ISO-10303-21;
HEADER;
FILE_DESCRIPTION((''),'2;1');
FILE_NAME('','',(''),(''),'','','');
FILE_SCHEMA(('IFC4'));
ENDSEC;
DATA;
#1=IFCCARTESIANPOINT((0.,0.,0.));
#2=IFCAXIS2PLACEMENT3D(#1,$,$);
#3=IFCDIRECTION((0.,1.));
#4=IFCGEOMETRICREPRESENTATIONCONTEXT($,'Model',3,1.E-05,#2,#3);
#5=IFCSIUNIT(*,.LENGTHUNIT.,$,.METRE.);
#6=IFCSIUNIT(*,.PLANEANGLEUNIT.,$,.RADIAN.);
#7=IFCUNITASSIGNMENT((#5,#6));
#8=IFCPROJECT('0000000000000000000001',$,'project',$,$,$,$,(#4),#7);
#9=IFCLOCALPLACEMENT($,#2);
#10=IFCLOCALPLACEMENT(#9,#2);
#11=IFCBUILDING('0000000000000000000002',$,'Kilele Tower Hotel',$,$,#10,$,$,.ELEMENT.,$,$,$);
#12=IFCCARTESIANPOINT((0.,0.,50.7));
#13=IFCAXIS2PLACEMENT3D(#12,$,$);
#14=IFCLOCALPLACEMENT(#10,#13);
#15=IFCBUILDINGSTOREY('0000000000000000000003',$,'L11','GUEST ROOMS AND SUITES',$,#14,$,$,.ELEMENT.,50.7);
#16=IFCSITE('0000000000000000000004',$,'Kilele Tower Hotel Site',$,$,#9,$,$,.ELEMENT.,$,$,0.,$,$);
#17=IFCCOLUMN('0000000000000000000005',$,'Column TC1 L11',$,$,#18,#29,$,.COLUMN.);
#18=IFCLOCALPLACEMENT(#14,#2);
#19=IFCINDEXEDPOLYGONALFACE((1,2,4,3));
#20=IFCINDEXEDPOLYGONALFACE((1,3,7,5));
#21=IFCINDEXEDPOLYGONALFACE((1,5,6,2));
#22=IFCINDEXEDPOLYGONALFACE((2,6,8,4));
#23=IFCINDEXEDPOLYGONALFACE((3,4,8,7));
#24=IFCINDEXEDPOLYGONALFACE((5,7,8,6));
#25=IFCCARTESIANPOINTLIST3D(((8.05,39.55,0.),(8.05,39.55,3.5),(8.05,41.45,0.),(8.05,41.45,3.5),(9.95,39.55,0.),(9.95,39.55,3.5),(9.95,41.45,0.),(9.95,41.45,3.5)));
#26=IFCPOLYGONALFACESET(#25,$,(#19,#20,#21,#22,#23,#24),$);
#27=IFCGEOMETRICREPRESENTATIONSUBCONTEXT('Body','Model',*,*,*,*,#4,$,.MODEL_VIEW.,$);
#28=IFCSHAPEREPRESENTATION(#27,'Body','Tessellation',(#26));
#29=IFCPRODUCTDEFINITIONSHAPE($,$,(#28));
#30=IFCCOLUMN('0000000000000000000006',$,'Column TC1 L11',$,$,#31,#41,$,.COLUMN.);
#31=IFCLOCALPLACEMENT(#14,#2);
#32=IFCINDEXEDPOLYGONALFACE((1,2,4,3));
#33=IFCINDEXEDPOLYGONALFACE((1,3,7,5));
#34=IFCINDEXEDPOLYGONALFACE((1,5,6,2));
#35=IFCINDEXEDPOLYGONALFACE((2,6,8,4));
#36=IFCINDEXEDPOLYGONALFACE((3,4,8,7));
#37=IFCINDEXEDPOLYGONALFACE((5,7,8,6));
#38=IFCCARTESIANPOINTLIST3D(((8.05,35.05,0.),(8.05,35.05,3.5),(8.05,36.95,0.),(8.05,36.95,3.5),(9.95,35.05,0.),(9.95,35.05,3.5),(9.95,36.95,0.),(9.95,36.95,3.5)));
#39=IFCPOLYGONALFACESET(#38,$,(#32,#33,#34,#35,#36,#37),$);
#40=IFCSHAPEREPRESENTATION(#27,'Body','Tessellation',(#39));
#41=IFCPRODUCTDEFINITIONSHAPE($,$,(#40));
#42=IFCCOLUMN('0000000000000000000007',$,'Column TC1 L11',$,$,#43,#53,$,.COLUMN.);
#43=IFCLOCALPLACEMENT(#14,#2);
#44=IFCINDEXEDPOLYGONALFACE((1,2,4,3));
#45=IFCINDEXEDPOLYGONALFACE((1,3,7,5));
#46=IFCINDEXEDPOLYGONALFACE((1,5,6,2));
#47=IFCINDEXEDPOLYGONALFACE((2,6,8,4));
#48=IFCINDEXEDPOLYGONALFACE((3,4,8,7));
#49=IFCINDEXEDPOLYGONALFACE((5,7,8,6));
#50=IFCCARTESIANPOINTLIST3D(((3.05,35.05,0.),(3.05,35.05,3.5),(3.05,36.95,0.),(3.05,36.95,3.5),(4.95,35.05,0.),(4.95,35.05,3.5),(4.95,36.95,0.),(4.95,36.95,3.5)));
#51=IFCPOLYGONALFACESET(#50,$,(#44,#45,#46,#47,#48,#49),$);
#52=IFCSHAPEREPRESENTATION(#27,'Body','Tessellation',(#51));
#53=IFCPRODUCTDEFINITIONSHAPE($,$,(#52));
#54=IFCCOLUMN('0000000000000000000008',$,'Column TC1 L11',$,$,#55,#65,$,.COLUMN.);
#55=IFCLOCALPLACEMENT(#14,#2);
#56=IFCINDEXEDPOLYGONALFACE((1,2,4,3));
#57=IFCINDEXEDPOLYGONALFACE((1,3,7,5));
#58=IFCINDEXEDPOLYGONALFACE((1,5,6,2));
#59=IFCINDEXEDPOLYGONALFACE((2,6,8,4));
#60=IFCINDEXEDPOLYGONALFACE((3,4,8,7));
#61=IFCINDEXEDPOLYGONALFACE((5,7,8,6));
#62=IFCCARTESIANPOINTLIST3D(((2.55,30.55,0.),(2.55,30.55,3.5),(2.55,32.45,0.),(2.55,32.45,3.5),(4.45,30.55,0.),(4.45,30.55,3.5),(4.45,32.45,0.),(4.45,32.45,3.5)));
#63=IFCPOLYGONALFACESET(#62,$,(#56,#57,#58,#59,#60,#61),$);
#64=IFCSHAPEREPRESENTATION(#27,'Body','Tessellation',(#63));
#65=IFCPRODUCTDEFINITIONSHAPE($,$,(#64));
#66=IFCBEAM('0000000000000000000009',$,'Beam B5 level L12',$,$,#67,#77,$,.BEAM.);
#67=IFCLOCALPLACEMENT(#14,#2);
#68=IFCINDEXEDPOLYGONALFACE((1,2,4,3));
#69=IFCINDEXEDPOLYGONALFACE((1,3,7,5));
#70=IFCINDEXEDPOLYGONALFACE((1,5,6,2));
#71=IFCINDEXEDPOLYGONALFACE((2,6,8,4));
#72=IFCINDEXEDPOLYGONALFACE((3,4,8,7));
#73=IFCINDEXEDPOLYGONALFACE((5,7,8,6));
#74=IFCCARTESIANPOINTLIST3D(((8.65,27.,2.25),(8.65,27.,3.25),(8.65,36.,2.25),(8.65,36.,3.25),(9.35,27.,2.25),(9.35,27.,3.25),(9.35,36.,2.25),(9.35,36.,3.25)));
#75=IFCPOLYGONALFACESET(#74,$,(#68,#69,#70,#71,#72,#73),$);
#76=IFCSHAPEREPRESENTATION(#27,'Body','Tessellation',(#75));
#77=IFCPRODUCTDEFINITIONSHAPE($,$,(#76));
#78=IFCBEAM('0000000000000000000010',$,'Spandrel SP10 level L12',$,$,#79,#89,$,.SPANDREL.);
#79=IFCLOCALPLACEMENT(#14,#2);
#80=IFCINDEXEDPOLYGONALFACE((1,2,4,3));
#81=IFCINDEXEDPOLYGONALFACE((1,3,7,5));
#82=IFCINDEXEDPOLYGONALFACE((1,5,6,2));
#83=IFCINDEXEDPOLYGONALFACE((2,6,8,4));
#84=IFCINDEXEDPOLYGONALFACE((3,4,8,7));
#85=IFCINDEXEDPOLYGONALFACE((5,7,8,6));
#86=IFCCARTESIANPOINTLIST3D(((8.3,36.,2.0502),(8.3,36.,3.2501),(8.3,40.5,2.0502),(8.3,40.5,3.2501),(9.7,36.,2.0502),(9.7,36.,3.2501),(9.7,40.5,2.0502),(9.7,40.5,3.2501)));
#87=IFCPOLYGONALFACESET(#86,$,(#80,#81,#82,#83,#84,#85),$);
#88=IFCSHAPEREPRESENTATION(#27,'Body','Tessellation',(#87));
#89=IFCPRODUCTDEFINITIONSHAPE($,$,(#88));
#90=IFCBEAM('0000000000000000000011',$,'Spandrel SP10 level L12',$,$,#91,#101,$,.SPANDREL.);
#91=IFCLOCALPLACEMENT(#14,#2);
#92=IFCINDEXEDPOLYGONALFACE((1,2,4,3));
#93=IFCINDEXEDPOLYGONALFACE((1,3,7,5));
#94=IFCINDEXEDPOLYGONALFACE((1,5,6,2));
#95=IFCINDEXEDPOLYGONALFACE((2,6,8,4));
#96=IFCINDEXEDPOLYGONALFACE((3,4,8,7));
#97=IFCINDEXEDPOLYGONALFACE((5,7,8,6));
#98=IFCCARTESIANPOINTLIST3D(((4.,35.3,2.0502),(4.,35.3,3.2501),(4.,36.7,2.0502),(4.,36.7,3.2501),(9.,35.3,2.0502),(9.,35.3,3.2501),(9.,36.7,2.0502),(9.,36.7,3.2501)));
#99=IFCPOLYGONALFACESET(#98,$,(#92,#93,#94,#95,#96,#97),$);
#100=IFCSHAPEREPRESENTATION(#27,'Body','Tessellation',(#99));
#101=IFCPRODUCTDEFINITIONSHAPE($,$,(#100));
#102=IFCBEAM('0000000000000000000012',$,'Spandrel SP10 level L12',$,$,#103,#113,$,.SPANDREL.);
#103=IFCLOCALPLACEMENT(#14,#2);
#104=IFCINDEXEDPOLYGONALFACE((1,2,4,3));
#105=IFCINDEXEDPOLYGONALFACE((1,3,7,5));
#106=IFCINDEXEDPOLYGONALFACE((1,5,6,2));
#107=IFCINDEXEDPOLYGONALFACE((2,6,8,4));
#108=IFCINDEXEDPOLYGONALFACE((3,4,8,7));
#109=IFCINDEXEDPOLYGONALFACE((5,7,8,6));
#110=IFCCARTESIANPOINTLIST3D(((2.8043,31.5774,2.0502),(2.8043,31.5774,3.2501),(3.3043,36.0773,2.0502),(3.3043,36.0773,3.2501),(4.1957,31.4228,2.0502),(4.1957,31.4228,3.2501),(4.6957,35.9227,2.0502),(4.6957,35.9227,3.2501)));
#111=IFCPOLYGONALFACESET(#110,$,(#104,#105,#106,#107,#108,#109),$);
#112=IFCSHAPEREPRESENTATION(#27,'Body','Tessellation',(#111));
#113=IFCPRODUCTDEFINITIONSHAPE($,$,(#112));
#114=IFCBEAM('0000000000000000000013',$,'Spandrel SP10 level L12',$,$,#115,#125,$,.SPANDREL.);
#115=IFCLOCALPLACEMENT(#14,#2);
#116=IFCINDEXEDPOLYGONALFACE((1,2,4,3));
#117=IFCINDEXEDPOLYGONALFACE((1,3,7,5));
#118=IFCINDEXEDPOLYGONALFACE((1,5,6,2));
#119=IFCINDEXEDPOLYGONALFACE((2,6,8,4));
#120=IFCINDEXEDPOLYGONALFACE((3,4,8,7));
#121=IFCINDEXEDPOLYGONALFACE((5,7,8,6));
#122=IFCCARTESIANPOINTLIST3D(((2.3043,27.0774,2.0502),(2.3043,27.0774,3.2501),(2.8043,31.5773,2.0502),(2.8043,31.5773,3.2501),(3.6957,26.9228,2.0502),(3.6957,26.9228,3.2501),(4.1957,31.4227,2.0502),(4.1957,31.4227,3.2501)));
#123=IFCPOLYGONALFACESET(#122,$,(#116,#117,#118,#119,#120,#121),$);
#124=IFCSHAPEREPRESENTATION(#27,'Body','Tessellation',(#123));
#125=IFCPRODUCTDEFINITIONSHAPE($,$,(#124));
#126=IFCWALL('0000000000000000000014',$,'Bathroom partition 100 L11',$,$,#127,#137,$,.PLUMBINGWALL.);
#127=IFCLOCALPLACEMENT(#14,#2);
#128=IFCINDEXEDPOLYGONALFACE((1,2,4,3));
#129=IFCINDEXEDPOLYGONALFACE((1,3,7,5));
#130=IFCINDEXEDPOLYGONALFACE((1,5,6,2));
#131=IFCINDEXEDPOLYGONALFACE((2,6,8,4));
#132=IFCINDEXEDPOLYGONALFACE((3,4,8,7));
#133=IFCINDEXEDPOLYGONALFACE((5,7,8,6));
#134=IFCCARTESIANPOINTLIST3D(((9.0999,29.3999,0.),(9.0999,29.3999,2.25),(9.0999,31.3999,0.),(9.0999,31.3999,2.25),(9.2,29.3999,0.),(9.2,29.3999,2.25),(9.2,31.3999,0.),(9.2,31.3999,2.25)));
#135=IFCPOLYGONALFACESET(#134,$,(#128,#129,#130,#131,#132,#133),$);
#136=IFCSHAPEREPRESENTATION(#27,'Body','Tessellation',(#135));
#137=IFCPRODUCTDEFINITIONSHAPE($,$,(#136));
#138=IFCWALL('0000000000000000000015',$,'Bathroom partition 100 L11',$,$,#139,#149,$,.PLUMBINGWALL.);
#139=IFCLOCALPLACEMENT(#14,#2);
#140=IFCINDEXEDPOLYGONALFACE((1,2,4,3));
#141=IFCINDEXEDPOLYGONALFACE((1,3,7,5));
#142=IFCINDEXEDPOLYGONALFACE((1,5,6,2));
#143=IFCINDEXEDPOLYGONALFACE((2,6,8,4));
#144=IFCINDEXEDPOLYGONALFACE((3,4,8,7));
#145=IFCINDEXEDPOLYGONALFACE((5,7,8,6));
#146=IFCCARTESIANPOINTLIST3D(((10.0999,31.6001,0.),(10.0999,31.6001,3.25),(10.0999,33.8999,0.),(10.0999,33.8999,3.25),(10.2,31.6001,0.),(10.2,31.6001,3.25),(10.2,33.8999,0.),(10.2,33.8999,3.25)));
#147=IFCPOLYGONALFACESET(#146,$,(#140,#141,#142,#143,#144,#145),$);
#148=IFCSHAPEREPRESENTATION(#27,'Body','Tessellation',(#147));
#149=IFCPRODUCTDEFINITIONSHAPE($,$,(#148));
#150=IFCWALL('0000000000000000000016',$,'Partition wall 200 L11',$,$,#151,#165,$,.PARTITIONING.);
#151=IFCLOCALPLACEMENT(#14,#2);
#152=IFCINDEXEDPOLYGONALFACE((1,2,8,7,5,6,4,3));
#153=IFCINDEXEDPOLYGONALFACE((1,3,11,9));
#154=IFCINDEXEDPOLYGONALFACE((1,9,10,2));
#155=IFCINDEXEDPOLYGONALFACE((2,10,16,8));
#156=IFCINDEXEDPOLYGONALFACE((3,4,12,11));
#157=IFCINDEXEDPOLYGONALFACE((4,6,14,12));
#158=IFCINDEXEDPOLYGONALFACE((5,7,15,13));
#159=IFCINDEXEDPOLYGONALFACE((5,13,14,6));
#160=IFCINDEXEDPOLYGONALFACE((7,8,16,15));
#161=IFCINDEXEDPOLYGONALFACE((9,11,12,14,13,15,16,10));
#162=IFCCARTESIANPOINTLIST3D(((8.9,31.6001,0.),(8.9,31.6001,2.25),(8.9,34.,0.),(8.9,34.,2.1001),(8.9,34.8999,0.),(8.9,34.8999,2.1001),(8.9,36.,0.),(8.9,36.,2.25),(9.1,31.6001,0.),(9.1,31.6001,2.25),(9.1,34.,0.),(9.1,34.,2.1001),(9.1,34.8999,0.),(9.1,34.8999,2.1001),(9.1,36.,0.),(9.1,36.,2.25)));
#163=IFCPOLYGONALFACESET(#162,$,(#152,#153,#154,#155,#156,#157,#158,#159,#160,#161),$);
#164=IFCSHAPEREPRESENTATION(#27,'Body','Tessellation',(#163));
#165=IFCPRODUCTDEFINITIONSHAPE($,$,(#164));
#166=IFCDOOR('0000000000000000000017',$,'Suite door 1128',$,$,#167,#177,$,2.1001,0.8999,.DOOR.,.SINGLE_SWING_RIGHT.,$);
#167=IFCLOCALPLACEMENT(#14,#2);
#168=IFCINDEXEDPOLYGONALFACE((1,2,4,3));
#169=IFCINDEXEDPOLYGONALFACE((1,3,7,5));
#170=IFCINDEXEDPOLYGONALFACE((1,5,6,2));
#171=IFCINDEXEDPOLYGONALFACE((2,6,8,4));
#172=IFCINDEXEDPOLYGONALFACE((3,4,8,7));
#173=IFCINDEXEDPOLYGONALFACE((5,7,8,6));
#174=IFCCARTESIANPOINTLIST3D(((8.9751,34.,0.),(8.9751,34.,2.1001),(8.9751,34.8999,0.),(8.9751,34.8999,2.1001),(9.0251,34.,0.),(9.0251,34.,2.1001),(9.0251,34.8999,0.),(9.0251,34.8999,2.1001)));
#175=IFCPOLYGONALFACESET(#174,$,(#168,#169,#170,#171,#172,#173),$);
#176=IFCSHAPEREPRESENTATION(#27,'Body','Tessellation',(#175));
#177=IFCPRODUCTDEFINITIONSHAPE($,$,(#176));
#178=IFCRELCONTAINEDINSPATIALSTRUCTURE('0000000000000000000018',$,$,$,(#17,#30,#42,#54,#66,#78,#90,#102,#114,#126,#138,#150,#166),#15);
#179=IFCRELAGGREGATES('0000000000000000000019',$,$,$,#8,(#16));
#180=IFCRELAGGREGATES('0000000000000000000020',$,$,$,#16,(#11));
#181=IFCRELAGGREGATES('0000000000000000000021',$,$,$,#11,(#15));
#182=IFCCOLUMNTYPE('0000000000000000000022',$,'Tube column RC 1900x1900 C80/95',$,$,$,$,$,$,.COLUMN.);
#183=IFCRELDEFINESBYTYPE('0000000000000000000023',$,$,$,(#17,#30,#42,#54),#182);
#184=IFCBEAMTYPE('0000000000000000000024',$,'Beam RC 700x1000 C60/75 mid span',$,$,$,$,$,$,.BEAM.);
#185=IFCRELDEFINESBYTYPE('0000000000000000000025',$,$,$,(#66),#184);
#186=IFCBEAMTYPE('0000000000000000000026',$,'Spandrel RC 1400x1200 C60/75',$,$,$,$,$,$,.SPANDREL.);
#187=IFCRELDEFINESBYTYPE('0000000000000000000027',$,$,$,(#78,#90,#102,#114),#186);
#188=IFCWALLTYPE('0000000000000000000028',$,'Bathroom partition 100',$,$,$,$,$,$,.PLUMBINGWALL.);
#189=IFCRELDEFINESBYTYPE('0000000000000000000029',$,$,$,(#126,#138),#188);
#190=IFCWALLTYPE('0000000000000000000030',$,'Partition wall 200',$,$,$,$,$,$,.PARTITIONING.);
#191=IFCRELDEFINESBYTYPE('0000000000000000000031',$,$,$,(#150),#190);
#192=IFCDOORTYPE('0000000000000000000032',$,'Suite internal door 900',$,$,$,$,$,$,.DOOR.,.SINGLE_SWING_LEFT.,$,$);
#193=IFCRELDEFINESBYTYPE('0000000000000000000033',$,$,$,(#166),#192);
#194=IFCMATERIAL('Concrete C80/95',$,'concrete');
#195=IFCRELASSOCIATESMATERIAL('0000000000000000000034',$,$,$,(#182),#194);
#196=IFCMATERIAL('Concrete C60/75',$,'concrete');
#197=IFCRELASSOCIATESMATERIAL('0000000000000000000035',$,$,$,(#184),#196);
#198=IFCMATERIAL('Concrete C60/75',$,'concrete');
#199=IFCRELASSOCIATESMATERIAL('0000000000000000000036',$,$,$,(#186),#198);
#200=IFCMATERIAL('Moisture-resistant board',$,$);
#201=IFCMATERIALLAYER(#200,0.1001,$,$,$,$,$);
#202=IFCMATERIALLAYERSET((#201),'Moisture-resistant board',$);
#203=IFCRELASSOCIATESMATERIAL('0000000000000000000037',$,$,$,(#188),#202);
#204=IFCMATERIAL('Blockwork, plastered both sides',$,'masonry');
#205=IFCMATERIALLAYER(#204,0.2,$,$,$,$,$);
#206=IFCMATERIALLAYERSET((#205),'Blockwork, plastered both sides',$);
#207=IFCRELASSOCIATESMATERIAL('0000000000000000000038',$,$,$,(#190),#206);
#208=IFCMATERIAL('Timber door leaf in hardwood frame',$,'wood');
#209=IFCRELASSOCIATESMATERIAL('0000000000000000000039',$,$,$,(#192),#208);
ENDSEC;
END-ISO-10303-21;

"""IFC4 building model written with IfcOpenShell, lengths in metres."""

from ifc_helpers import new_model, si_unit, direction, frame, frame_2d, origin, origin_2d, place, context, subcontext, project, spatial, rectangle, extrude, material, layer, layer_set, material_profile, profile_set, type_object, element, fill, save


model = new_model("IFC4")

# Units and contexts
model_context = context("Model", 3, precision=1e-05, world=origin(), true_north=direction((0.0, 1.0)))
body_context = subcontext(model_context, "Body", "Model", "MODEL_VIEW")
ifc_project = project(units=[si_unit("LENGTHUNIT", "METRE"), si_unit("PLANEANGLEUNIT", "RADIAN")], contexts=[model_context])

# Site, building, storey
site_placement = place(None, origin())
site = spatial("IfcSite", under=ifc_project, at=site_placement, Name="Kilele Tower Hotel Site", CompositionType="ELEMENT", RefElevation=0.0)
building_placement = place(site_placement, origin())
building = spatial("IfcBuilding", under=site, at=building_placement, Name="Kilele Tower Hotel", CompositionType="ELEMENT")
storey_placement = place(building_placement, frame((0.0, 0.0, 50.7)))
storey = spatial("IfcBuildingStorey", under=building, at=storey_placement, Name="L11", Description="GUEST ROOMS AND SUITES", CompositionType="ELEMENT", Elevation=50.7)

# Columns
ifc_material_1 = material(Name="Concrete C80/95", Category="concrete")
ifc_material_profile_1 = material_profile(ifc_material_1, rectangle(XDim=1.8999, YDim=1.8999, at=origin_2d()))
ifc_profile_set_1 = profile_set([ifc_material_profile_1], Name="Concrete C80/95")
column_type = type_object("IfcColumnType", Name="Tube column RC 1900x1900 C80/95", PredefinedType="COLUMN", material=ifc_profile_set_1)
for number, where, z_axis, x_axis, name in (
    (1, (9.0, 40.5, 0.0), (0.0, 0.0, 1.0), (1.0, 0.0, 0.0), "Column TC1 L11"),
    (2, (9.0, 36.0, 0.0), (0.0, 0.0, 1.0), (1.0, 0.0, 0.0), "Column TC1 L11"),
    (3, (4.0, 36.0, 0.0), (0.0, 0.0, 1.0), (1.0, 0.0, 0.0), "Column TC1 L11"),
    (4, (3.5, 31.5, 0.0), (0.0, 0.0, 1.0), (1.0, 0.0, 0.0), "Column TC1 L11"),
):
    element("IfcColumn", number, at=place(storey_placement, frame(where, z_axis=z_axis, x_axis=x_axis)), inside=storey, type_object=column_type, Name=name, PredefinedType="COLUMN", context=body_context, shape_type="SweptSolid", body=[
        extrude(rectangle(XDim=1.8999, YDim=1.8999, at=origin_2d()), origin(), (0.0, 0.0, 1.0), 3.5),
    ])

# Beams
ifc_material_2 = material(Name="Concrete C60/75", Category="concrete")
ifc_material_profile_2 = material_profile(ifc_material_2, rectangle(XDim=0.7, YDim=1.0, at=origin_2d()))
ifc_profile_set_2 = profile_set([ifc_material_profile_2], Name="Concrete C60/75")
beam_type_1 = type_object("IfcBeamType", Name="Beam RC 700x1000 C60/75 mid span", PredefinedType="BEAM", material=ifc_profile_set_2)
beam_1_placement = place(storey_placement, frame((9.0, 36.0, 2.75), z_axis=(0.0, -1.0, 0.0), x_axis=(1.0, 0.0, 0.0)))
element("IfcBeam", 5, at=beam_1_placement, inside=storey, type_object=beam_type_1, Name="Beam B5 level L12", PredefinedType="BEAM", context=body_context, shape_type="SweptSolid", body=[
    extrude(rectangle(XDim=0.7, YDim=1.0, at=origin_2d()), origin(), (0.0, 0.0, 1.0), 9.0),
])
ifc_material_3 = material(Name="Concrete C60/75", Category="concrete")
ifc_material_profile_3 = material_profile(ifc_material_3, rectangle(XDim=1.3999, YDim=1.2, at=origin_2d()))
ifc_profile_set_3 = profile_set([ifc_material_profile_3], Name="Concrete C60/75")
beam_type_2 = type_object("IfcBeamType", Name="Spandrel RC 1400x1200 C60/75", PredefinedType="SPANDREL", material=ifc_profile_set_3)
beam_2_placement = place(storey_placement, frame((9.0, 40.5, 2.6501), z_axis=(0.0, -1.0, 0.0), x_axis=(1.0, 0.0, 0.0)))
element("IfcBeam", 6, at=beam_2_placement, inside=storey, type_object=beam_type_2, Name="Spandrel SP10 level L12", PredefinedType="SPANDREL", context=body_context, shape_type="SweptSolid", body=[
    extrude(rectangle(XDim=1.3999, YDim=1.2, at=origin_2d()), origin(), (0.0, 0.0, 1.0), 4.5),
])
beam_3_placement = place(storey_placement, frame((9.0, 36.0, 2.6501), z_axis=(-1.0, 0.0, 0.0), x_axis=(0.0, -1.0, 0.0)))
element("IfcBeam", 7, at=beam_3_placement, inside=storey, type_object=beam_type_2, Name="Spandrel SP10 level L12", PredefinedType="SPANDREL", context=body_context, shape_type="SweptSolid", body=[
    extrude(rectangle(XDim=1.3999, YDim=1.2, at=origin_2d()), origin(), (0.0, 0.0, 1.0), 5.0),
])
for number, where, z_axis, x_axis, name in (
    (8, (4.0, 36.0, 2.6501), (-0.110432, -0.993884, 0.0), (0.993884, -0.110432, 0.0), "Spandrel SP10 level L12"),
    (9, (3.5, 31.5, 2.6501), (-0.110432, -0.993884, 0.0), (0.993884, -0.110432, 0.0), "Spandrel SP10 level L12"),
):
    element("IfcBeam", number, at=place(storey_placement, frame(where, z_axis=z_axis, x_axis=x_axis)), inside=storey, type_object=beam_type_2, Name=name, PredefinedType="SPANDREL", context=body_context, shape_type="SweptSolid", body=[
        extrude(rectangle(XDim=1.3999, YDim=1.2, at=origin_2d()), origin(), (0.0, 0.0, 1.0), 4.5276),
    ])

# Walls
ifc_material_4 = material(Name="Moisture-resistant board")
ifc_layer_1 = layer(ifc_material_4, 0.1001)
ifc_layer_set_1 = layer_set([ifc_layer_1], Name="Moisture-resistant board")
wall_type_1 = type_object("IfcWallType", Name="Bathroom partition 100", PredefinedType="PLUMBINGWALL", material=ifc_layer_set_1)
wall_1_placement = place(storey_placement, frame((9.1499, 31.3999, 0.0), z_axis=(0.0, 0.0, 1.0), x_axis=(0.0, -1.0, 0.0)))
element("IfcWall", 10, at=wall_1_placement, inside=storey, type_object=wall_type_1, Name="Bathroom partition 100 L11", PredefinedType="PLUMBINGWALL", context=body_context, shape_type="SweptSolid", body=[
    extrude(rectangle(XDim=2.0, YDim=0.1001, at=frame_2d((1.0, 0.0))), origin(), (0.0, 0.0, 1.0), 2.25),
])
wall_2_placement = place(storey_placement, frame((10.1499, 31.6001, 0.0), z_axis=(0.0, 0.0, 1.0), x_axis=(0.0, 1.0, 0.0)))
element("IfcWall", 11, at=wall_2_placement, inside=storey, type_object=wall_type_1, Name="Bathroom partition 100 L11", PredefinedType="PLUMBINGWALL", context=body_context, shape_type="SweptSolid", body=[
    extrude(rectangle(XDim=2.2998, YDim=0.1001, at=frame_2d((1.1499, 0.0))), origin(), (0.0, 0.0, 1.0), 3.25),
])

# Wall, opening, door
ifc_material_5 = material(Name="Blockwork, plastered both sides", Category="masonry")
ifc_layer_2 = layer(ifc_material_5, 0.2)
ifc_layer_set_2 = layer_set([ifc_layer_2], Name="Blockwork, plastered both sides")
wall_type_2 = type_object("IfcWallType", Name="Partition wall 200", PredefinedType="PARTITIONING", material=ifc_layer_set_2)
wall_3_placement = place(storey_placement, frame((9.0, 31.6001, 0.0), z_axis=(0.0, 0.0, 1.0), x_axis=(0.0, 1.0, 0.0)))
wall_3 = element("IfcWall", 12, at=wall_3_placement, inside=storey, type_object=wall_type_2, Name="Partition wall 200 L11", PredefinedType="PARTITIONING", context=body_context, shape_type="SweptSolid", body=[
    extrude(rectangle(XDim=4.3999, YDim=0.2, at=frame_2d((2.2, 0.0))), origin(), (0.0, 0.0, 1.0), 2.25),
])
opening_1_placement = place(wall_3_placement, frame((2.3999, 0.0, 0.0)))
opening_1 = element("IfcOpeningElement", 13, at=opening_1_placement, cuts=wall_3, PredefinedType="OPENING", context=body_context, shape_type="SweptSolid", body=[
    extrude(rectangle(XDim=0.8999, YDim=2.1001, at=frame_2d((0.45, 1.05))), frame((0.0, 0.1099, 0.0), z_axis=(0.0, -1.0, 0.0), x_axis=(1.0, 0.0, 0.0)), (0.0, 0.0, 1.0), 0.22),
])
ifc_material_6 = material(Name="Timber door leaf in hardwood frame", Category="wood")
door_type = type_object("IfcDoorType", Name="Suite internal door 900", OperationType="SINGLE_SWING_LEFT", PredefinedType="DOOR", material=ifc_material_6)
door_placement = place(opening_1_placement, origin())
door = element("IfcDoor", 14, at=door_placement, inside=storey, type_object=door_type, Name="Suite door 1128", OperationType="SINGLE_SWING_RIGHT", OverallHeight=2.1001, OverallWidth=0.8999, PredefinedType="DOOR", context=body_context, shape_type="SweptSolid", body=[
    extrude(rectangle(XDim=0.8999, YDim=2.1001, at=frame_2d((0.45, 1.05))), frame((0.0, 0.0249, 0.0), z_axis=(0.0, -1.0, 0.0), x_axis=(1.0, 0.0, 0.0)), (0.0, 0.0, 1.0), 0.05),
])
fill(opening_1, door)

save(model, "model.ifc")
